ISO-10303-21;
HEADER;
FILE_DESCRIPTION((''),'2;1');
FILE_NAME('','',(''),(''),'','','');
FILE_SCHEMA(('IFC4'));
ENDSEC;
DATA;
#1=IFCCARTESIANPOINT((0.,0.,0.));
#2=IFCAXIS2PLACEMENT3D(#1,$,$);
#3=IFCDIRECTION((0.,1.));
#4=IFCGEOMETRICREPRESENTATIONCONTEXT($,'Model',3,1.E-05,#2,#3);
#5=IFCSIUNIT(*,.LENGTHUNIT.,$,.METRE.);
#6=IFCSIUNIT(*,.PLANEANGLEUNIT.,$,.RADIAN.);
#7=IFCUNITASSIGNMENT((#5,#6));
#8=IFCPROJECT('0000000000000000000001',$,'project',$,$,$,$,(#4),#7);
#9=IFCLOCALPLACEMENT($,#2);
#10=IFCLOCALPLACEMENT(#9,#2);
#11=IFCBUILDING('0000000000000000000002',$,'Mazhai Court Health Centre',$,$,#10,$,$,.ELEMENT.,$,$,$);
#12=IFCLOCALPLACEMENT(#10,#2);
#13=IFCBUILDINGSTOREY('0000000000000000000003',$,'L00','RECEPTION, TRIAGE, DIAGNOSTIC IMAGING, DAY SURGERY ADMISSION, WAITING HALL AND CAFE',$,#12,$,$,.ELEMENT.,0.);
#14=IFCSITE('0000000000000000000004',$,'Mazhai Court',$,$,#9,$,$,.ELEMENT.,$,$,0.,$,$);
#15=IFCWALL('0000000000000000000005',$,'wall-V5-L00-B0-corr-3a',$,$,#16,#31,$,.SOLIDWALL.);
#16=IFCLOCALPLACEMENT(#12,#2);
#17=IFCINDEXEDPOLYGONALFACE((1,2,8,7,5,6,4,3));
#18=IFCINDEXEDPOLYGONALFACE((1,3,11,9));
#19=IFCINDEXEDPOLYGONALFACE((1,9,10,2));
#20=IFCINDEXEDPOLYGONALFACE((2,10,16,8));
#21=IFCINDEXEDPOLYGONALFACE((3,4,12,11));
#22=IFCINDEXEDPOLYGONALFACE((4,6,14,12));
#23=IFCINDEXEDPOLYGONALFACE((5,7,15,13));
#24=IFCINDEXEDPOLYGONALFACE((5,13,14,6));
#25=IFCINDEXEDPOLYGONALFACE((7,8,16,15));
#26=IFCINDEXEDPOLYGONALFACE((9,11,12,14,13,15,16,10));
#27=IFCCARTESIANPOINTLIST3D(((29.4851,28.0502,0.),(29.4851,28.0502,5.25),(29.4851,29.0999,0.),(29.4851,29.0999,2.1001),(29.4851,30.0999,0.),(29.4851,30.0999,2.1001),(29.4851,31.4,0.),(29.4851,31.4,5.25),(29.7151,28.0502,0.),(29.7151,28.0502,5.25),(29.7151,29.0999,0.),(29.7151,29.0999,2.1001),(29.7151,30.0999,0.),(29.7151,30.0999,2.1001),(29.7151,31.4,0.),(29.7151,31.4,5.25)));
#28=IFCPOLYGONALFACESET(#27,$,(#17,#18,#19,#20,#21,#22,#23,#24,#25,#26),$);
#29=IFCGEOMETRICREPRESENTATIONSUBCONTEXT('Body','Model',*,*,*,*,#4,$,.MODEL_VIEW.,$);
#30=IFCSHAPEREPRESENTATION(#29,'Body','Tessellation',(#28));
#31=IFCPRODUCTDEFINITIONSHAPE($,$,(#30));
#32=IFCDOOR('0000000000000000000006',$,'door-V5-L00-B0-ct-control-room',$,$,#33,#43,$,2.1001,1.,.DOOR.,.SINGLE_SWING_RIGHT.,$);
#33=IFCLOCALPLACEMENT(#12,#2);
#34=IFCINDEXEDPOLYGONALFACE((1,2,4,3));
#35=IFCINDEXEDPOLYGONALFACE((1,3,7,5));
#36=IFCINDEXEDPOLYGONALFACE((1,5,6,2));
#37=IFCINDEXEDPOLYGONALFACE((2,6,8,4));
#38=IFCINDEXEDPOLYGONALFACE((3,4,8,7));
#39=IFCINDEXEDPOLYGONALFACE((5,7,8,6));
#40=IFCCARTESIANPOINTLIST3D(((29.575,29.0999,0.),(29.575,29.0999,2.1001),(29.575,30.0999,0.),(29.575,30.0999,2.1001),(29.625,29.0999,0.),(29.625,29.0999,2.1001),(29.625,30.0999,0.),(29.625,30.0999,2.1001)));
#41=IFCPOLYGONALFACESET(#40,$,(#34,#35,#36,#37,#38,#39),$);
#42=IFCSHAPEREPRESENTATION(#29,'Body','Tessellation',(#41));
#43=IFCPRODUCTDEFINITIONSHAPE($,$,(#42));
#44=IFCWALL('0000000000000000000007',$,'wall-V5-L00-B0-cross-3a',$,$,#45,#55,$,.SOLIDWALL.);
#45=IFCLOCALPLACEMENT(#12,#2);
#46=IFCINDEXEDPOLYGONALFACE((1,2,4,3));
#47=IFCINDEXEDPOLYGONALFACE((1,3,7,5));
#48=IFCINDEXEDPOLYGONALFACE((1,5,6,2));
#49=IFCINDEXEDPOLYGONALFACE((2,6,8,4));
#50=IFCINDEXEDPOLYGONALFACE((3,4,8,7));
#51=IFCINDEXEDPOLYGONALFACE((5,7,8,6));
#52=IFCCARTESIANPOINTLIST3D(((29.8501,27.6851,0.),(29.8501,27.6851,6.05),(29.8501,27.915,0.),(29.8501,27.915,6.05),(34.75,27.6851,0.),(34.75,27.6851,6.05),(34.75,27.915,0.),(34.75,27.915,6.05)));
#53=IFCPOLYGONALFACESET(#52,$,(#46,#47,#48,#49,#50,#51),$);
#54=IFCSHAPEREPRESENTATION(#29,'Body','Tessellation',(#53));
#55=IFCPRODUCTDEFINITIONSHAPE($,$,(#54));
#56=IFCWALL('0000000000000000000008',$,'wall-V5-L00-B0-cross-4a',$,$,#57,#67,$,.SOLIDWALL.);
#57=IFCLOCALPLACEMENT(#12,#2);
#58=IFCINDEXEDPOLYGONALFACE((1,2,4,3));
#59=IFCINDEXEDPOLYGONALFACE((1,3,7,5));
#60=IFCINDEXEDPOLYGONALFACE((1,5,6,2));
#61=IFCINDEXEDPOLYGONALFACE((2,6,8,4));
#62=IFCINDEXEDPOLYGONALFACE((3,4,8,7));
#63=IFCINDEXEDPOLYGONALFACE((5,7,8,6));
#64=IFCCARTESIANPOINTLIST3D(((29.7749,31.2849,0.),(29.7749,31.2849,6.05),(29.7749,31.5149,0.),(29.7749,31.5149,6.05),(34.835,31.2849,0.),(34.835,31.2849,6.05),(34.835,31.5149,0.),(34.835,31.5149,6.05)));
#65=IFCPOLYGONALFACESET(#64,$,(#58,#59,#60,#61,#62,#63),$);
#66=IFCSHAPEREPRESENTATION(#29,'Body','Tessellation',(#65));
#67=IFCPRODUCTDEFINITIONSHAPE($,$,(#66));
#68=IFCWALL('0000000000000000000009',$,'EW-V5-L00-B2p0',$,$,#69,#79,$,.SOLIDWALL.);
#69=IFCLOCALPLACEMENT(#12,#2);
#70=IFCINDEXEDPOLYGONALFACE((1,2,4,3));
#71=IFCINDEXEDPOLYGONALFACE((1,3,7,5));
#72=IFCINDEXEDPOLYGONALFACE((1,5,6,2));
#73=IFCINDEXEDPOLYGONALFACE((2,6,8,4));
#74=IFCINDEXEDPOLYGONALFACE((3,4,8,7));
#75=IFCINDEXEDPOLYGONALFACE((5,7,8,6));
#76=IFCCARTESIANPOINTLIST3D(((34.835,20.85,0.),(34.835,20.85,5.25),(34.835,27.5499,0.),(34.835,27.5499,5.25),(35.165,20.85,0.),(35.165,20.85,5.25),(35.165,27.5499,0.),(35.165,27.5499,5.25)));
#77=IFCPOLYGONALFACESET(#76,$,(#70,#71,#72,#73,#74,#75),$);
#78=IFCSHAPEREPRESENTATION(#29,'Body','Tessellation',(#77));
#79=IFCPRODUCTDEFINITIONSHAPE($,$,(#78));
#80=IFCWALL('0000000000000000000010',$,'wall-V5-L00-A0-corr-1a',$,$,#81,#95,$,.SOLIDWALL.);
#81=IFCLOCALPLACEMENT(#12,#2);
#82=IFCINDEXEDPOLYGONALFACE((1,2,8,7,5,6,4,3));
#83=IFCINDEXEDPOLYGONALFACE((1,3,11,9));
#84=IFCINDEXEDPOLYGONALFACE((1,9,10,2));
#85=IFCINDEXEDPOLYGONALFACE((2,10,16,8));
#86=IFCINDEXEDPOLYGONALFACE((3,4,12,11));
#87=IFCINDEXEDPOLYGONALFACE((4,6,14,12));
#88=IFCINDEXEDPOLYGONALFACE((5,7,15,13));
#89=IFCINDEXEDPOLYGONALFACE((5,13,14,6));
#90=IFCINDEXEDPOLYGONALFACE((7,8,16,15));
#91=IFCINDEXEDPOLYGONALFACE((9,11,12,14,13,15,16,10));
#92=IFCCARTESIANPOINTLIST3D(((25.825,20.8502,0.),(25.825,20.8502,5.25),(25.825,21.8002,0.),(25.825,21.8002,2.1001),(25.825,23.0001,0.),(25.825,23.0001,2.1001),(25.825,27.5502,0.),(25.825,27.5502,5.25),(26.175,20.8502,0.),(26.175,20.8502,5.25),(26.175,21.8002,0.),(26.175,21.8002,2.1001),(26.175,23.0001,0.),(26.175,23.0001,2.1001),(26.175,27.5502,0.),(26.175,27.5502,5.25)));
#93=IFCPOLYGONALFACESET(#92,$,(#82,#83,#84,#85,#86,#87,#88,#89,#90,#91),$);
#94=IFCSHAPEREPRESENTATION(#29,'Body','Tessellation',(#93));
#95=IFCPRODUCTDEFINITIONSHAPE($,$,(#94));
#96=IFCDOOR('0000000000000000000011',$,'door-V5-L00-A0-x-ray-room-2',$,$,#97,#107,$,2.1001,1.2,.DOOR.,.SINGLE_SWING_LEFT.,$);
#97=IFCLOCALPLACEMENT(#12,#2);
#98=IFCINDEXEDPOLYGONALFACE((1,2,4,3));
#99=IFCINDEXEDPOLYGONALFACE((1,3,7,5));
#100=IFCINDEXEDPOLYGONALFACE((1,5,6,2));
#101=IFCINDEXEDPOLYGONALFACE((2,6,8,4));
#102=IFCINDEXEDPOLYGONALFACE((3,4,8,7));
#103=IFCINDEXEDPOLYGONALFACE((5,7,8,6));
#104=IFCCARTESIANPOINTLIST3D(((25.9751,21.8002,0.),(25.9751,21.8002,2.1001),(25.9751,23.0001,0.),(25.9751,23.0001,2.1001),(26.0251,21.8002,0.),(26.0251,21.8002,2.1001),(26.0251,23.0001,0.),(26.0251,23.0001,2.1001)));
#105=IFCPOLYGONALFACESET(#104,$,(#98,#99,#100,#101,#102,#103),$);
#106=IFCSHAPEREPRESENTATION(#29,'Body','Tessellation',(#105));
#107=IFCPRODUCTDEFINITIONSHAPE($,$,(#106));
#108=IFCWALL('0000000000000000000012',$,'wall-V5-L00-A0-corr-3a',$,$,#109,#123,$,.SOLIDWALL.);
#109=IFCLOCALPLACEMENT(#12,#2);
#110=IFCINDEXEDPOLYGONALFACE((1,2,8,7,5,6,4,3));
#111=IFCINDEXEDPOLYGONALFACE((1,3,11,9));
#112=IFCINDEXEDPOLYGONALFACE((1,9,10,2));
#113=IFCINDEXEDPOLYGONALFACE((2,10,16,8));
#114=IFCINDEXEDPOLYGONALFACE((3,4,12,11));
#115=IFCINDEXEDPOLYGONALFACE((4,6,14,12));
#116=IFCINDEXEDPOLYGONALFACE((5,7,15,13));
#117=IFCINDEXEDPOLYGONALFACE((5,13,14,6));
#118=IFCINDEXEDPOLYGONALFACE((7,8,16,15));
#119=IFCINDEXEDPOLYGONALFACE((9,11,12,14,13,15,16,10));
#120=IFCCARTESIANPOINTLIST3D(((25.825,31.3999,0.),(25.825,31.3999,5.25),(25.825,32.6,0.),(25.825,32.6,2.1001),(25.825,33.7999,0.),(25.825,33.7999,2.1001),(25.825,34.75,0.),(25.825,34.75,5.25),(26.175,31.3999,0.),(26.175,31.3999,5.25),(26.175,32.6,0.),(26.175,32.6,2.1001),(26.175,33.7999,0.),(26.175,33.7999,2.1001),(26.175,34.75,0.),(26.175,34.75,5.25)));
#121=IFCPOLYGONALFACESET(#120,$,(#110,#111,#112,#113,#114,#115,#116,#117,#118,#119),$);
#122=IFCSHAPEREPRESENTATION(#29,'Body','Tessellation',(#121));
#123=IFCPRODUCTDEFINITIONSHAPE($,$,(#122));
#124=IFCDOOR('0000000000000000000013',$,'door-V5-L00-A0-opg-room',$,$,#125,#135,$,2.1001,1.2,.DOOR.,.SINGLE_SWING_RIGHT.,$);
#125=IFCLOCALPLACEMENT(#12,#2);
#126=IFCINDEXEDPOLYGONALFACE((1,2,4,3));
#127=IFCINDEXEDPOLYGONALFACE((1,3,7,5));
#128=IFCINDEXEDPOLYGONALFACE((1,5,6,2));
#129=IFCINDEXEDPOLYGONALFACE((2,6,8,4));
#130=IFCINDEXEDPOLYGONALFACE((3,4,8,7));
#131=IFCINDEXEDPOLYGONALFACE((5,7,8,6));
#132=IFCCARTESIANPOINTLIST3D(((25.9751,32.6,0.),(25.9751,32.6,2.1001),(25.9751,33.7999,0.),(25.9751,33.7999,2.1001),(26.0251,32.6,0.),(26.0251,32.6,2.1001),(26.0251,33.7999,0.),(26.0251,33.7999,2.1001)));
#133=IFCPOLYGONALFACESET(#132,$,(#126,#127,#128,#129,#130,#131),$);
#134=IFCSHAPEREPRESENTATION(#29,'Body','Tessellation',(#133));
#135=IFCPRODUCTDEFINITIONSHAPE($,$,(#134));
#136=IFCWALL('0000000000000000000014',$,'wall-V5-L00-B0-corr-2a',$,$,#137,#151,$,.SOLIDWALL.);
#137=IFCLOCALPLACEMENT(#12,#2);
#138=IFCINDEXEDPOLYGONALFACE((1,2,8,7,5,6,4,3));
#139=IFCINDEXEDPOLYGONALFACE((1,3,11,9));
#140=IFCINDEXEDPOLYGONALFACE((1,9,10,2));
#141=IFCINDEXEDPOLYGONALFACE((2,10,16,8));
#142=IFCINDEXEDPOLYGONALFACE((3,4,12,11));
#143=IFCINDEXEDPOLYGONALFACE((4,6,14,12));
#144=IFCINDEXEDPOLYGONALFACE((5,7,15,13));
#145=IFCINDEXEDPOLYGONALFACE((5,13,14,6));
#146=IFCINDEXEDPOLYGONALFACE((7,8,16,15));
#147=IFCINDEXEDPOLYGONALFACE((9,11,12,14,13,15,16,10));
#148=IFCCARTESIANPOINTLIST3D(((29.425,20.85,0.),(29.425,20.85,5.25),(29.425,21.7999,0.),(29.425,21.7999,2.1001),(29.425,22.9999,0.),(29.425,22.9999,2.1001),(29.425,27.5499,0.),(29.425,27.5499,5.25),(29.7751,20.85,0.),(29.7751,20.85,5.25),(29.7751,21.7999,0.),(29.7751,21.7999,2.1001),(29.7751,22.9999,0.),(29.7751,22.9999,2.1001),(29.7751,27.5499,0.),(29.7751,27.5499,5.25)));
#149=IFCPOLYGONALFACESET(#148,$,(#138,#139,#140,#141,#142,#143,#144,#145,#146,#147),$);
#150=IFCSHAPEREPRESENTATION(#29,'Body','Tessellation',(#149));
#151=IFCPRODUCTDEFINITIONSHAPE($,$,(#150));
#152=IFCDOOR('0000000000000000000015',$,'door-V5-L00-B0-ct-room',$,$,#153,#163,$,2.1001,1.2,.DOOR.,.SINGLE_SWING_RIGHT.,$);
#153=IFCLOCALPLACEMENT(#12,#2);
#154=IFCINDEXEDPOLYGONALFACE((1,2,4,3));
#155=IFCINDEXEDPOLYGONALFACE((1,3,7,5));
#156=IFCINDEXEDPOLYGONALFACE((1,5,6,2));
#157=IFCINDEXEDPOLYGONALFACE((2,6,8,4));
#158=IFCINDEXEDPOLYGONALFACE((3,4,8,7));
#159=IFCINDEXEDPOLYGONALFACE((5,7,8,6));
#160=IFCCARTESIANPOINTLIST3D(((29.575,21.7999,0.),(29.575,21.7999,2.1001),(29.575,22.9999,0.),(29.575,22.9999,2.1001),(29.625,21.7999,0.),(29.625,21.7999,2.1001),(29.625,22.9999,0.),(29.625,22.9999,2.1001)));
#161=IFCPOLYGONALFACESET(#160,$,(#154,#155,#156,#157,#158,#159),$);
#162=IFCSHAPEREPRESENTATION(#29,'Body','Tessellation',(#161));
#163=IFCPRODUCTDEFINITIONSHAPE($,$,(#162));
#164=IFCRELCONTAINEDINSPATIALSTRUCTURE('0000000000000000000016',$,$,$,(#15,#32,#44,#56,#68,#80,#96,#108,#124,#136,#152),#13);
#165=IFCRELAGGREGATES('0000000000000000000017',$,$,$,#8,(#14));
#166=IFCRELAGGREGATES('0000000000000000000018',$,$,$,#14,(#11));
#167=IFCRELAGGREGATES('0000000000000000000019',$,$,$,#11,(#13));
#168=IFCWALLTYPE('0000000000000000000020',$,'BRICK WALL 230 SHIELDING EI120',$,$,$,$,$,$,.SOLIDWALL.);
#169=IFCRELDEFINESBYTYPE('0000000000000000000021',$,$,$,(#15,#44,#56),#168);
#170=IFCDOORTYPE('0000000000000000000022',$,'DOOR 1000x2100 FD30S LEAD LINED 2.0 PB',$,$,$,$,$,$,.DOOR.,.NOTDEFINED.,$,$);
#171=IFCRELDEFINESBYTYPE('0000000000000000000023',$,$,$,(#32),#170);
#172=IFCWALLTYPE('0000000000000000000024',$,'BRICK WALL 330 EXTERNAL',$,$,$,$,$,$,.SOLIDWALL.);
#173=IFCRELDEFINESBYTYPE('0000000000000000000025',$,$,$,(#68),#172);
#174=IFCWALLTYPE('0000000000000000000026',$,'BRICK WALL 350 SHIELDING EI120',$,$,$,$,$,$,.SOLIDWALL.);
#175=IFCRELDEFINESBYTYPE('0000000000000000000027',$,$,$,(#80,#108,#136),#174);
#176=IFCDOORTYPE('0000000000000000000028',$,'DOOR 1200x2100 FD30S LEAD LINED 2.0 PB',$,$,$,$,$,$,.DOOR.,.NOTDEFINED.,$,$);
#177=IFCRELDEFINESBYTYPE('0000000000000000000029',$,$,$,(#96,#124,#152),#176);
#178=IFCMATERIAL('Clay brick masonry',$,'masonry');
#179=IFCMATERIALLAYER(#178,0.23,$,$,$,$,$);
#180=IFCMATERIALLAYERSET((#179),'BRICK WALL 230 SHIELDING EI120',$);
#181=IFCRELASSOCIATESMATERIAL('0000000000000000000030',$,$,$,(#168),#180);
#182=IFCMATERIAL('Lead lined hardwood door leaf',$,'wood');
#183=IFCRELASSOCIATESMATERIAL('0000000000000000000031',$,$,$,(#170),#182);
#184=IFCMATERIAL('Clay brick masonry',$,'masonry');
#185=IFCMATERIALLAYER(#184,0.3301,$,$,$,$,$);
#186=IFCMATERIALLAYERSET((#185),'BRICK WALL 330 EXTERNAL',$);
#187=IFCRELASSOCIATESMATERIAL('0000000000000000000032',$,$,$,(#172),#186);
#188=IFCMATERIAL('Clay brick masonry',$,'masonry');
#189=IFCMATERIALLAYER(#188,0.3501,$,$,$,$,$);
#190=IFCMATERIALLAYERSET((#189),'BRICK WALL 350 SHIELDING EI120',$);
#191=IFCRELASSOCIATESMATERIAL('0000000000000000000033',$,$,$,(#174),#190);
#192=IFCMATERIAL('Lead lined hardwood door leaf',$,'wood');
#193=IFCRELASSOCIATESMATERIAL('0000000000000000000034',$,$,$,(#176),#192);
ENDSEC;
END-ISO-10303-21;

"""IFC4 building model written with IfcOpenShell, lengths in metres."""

from ifc_helpers import new_model, si_unit, direction, frame, frame_2d, origin, place, context, subcontext, project, spatial, rectangle, extrude, material, layer, layer_set, type_object, element, fill, save


model = new_model("IFC4")

# Units and contexts
model_context = context("Model", 3, precision=1e-05, world=origin(), true_north=direction((0.0, 1.0)))
body_context = subcontext(model_context, "Body", "Model", "MODEL_VIEW")
ifc_project = project(units=[si_unit("LENGTHUNIT", "METRE"), si_unit("PLANEANGLEUNIT", "RADIAN")], contexts=[model_context])

# Site, building, storey
site_placement = place(None, origin())
site = spatial("IfcSite", under=ifc_project, at=site_placement, Name="Mazhai Court", CompositionType="ELEMENT", RefElevation=0.0)
building_placement = place(site_placement, origin())
building = spatial("IfcBuilding", under=site, at=building_placement, Name="Mazhai Court Health Centre", CompositionType="ELEMENT")
storey_placement = place(building_placement, origin())
storey = spatial("IfcBuildingStorey", under=building, at=storey_placement, Name="L00", Description="RECEPTION, TRIAGE, DIAGNOSTIC IMAGING, DAY SURGERY ADMISSION, WAITING HALL AND CAFE", CompositionType="ELEMENT", Elevation=0.0)

# Wall, opening, door
ifc_material_1 = material(Name="Clay brick masonry", Category="masonry")
ifc_layer_1 = layer(ifc_material_1, 0.23)
ifc_layer_set_1 = layer_set([ifc_layer_1], Name="BRICK WALL 230 SHIELDING EI120")
wall_type_1 = type_object("IfcWallType", Name="BRICK WALL 230 SHIELDING EI120", PredefinedType="SOLIDWALL", material=ifc_layer_set_1)
wall_1_placement = place(storey_placement, frame((29.6001, 31.3999, 0.0), z_axis=(0.0, 0.0, 1.0), x_axis=(0.0, -1.0, 0.0)))
wall_1 = element("IfcWall", 1, at=wall_1_placement, inside=storey, type_object=wall_type_1, Name="wall-V5-L00-B0-corr-3a", PredefinedType="SOLIDWALL", context=body_context, shape_type="SweptSolid", body=[
    extrude(rectangle(XDim=3.3499, YDim=0.23, at=frame_2d((1.6748, 0.0))), origin(), (0.0, 0.0, 1.0), 5.25),
])
opening_1_placement = place(wall_1_placement, frame((1.3, 0.0, 0.0)))
opening_1 = element("IfcOpeningElement", 2, at=opening_1_placement, cuts=wall_1, PredefinedType="OPENING", context=body_context, shape_type="SweptSolid", body=[
    extrude(rectangle(XDim=1.0, YDim=2.1001, at=frame_2d((0.5, 1.05))), frame((0.0, 0.125, 0.0), z_axis=(0.0, -1.0, 0.0), x_axis=(1.0, 0.0, 0.0)), (0.0, 0.0, 1.0), 0.25),
])
ifc_material_2 = material(Name="Lead lined hardwood door leaf", Category="wood")
door_type_1 = type_object("IfcDoorType", Name="DOOR 1000x2100 FD30S LEAD LINED 2.0 PB", OperationType="NOTDEFINED", PredefinedType="DOOR", material=ifc_material_2)
door_1_placement = place(opening_1_placement, origin())
door_1 = element("IfcDoor", 3, at=door_1_placement, inside=storey, type_object=door_type_1, Name="door-V5-L00-B0-ct-control-room", OperationType="SINGLE_SWING_RIGHT", OverallHeight=2.1001, OverallWidth=1.0, PredefinedType="DOOR", context=body_context, shape_type="SweptSolid", body=[
    extrude(rectangle(XDim=1.0, YDim=2.1001, at=frame_2d((0.5, 1.05))), frame((0.0, 0.0249, 0.0), z_axis=(0.0, -1.0, 0.0), x_axis=(1.0, 0.0, 0.0)), (0.0, 0.0, 1.0), 0.05),
])
fill(opening_1, door_1)

# Walls
wall_2_placement = place(storey_placement, frame((34.75, 27.8, 0.0), z_axis=(0.0, 0.0, 1.0), x_axis=(-1.0, 0.0, 0.0)))
element("IfcWall", 4, at=wall_2_placement, inside=storey, type_object=wall_type_1, Name="wall-V5-L00-B0-cross-3a", PredefinedType="SOLIDWALL", context=body_context, shape_type="SweptSolid", body=[
    extrude(rectangle(XDim=4.8999, YDim=0.23, at=frame_2d((2.45, 0.0))), origin(), (0.0, 0.0, 1.0), 6.05),
])
wall_3_placement = place(storey_placement, frame((34.835, 31.3999, 0.0), z_axis=(0.0, 0.0, 1.0), x_axis=(-1.0, 0.0, 0.0)))
element("IfcWall", 5, at=wall_3_placement, inside=storey, type_object=wall_type_1, Name="wall-V5-L00-B0-cross-4a", PredefinedType="SOLIDWALL", context=body_context, shape_type="SweptSolid", body=[
    extrude(rectangle(XDim=5.0601, YDim=0.23, at=frame_2d((2.53, 0.0))), origin(), (0.0, 0.0, 1.0), 6.05),
])
ifc_material_3 = material(Name="Clay brick masonry", Category="masonry")
ifc_layer_2 = layer(ifc_material_3, 0.3301)
ifc_layer_set_2 = layer_set([ifc_layer_2], Name="BRICK WALL 330 EXTERNAL")
wall_type_2 = type_object("IfcWallType", Name="BRICK WALL 330 EXTERNAL", PredefinedType="SOLIDWALL", material=ifc_layer_set_2)
wall_4_placement = place(storey_placement, frame((35.0, 27.55, 0.0), z_axis=(0.0, 0.0, 1.0), x_axis=(0.0, -1.0, 0.0)))
element("IfcWall", 6, at=wall_4_placement, inside=storey, type_object=wall_type_2, Name="EW-V5-L00-B2p0", PredefinedType="SOLIDWALL", context=body_context, shape_type="SweptSolid", body=[
    extrude(rectangle(XDim=6.7, YDim=0.3301, at=frame_2d((3.3501, 0.0))), origin(), (0.0, 0.0, 1.0), 5.25),
])

# Walls, openings, doors
ifc_material_4 = material(Name="Clay brick masonry", Category="masonry")
ifc_layer_3 = layer(ifc_material_4, 0.3501)
ifc_layer_set_3 = layer_set([ifc_layer_3], Name="BRICK WALL 350 SHIELDING EI120")
wall_type_3 = type_object("IfcWallType", Name="BRICK WALL 350 SHIELDING EI120", PredefinedType="SOLIDWALL", material=ifc_layer_set_3)
wall_5_placement = place(storey_placement, frame((26.0, 20.8501, 0.0), z_axis=(0.0, 0.0, 1.0), x_axis=(0.0, 1.0, 0.0)))
wall_5 = element("IfcWall", 7, at=wall_5_placement, inside=storey, type_object=wall_type_3, Name="wall-V5-L00-A0-corr-1a", PredefinedType="SOLIDWALL", context=body_context, shape_type="SweptSolid", body=[
    extrude(rectangle(XDim=6.7, YDim=0.3501, at=frame_2d((3.3501, 0.0))), origin(), (0.0, 0.0, 1.0), 5.25),
])
opening_2_placement = place(wall_5_placement, frame((0.95, 0.0, 0.0)))
opening_2 = element("IfcOpeningElement", 8, at=opening_2_placement, cuts=wall_5, PredefinedType="OPENING", context=body_context, shape_type="SweptSolid", body=[
    extrude(rectangle(XDim=1.2, YDim=2.1001, at=frame_2d((0.6001, 1.05))), frame((0.0, 0.1851, 0.0), z_axis=(0.0, -1.0, 0.0), x_axis=(1.0, 0.0, 0.0)), (0.0, 0.0, 1.0), 0.3701),
])
ifc_material_5 = material(Name="Lead lined hardwood door leaf", Category="wood")
door_type_2 = type_object("IfcDoorType", Name="DOOR 1200x2100 FD30S LEAD LINED 2.0 PB", OperationType="NOTDEFINED", PredefinedType="DOOR", material=ifc_material_5)
door_2_placement = place(opening_2_placement, origin())
door_2 = element("IfcDoor", 9, at=door_2_placement, inside=storey, type_object=door_type_2, Name="door-V5-L00-A0-x-ray-room-2", OperationType="SINGLE_SWING_LEFT", OverallHeight=2.1001, OverallWidth=1.2, PredefinedType="DOOR", context=body_context, shape_type="SweptSolid", body=[
    extrude(rectangle(XDim=1.2, YDim=2.1001, at=frame_2d((0.6001, 1.05))), frame((0.0, 0.0249, 0.0), z_axis=(0.0, -1.0, 0.0), x_axis=(1.0, 0.0, 0.0)), (0.0, 0.0, 1.0), 0.05),
])
fill(opening_2, door_2)
wall_6_placement = place(storey_placement, frame((26.0, 31.3999, 0.0), z_axis=(0.0, 0.0, 1.0), x_axis=(0.0, 1.0, 0.0)))
wall_6 = element("IfcWall", 10, at=wall_6_placement, inside=storey, type_object=wall_type_3, Name="wall-V5-L00-A0-corr-3a", PredefinedType="SOLIDWALL", context=body_context, shape_type="SweptSolid", body=[
    extrude(rectangle(XDim=3.3501, YDim=0.3501, at=frame_2d((1.675, 0.0))), origin(), (0.0, 0.0, 1.0), 5.25),
])
opening_3_placement = place(wall_6_placement, frame((1.2, 0.0, 0.0)))
opening_3 = element("IfcOpeningElement", 11, at=opening_3_placement, cuts=wall_6, PredefinedType="OPENING", context=body_context, shape_type="SweptSolid", body=[
    extrude(rectangle(XDim=1.2, YDim=2.1001, at=frame_2d((0.6001, 1.05))), frame((0.0, 0.1851, 0.0), z_axis=(0.0, -1.0, 0.0), x_axis=(1.0, 0.0, 0.0)), (0.0, 0.0, 1.0), 0.3701),
])
door_3_placement = place(opening_3_placement, origin())
door_3 = element("IfcDoor", 12, at=door_3_placement, inside=storey, type_object=door_type_2, Name="door-V5-L00-A0-opg-room", OperationType="SINGLE_SWING_RIGHT", OverallHeight=2.1001, OverallWidth=1.2, PredefinedType="DOOR", context=body_context, shape_type="SweptSolid", body=[
    extrude(rectangle(XDim=1.2, YDim=2.1001, at=frame_2d((0.6001, 1.05))), frame((0.0, 0.0249, 0.0), z_axis=(0.0, -1.0, 0.0), x_axis=(1.0, 0.0, 0.0)), (0.0, 0.0, 1.0), 0.05),
])
fill(opening_3, door_3)
wall_7_placement = place(storey_placement, frame((29.6001, 27.55, 0.0), z_axis=(0.0, 0.0, 1.0), x_axis=(0.0, -1.0, 0.0)))
wall_7 = element("IfcWall", 13, at=wall_7_placement, inside=storey, type_object=wall_type_3, Name="wall-V5-L00-B0-corr-2a", PredefinedType="SOLIDWALL", context=body_context, shape_type="SweptSolid", body=[
    extrude(rectangle(XDim=6.7, YDim=0.3501, at=frame_2d((3.3501, 0.0))), origin(), (0.0, 0.0, 1.0), 5.25),
])
opening_4_placement = place(wall_7_placement, frame((4.55, 0.0, 0.0)))
opening_4 = element("IfcOpeningElement", 14, at=opening_4_placement, cuts=wall_7, PredefinedType="OPENING", context=body_context, shape_type="SweptSolid", body=[
    extrude(rectangle(XDim=1.2, YDim=2.1001, at=frame_2d((0.6001, 1.05))), frame((0.0, 0.1851, 0.0), z_axis=(0.0, -1.0, 0.0), x_axis=(1.0, 0.0, 0.0)), (0.0, 0.0, 1.0), 0.3701),
])
door_4_placement = place(opening_4_placement, origin())
door_4 = element("IfcDoor", 15, at=door_4_placement, inside=storey, type_object=door_type_2, Name="door-V5-L00-B0-ct-room", OperationType="SINGLE_SWING_RIGHT", OverallHeight=2.1001, OverallWidth=1.2, PredefinedType="DOOR", context=body_context, shape_type="SweptSolid", body=[
    extrude(rectangle(XDim=1.2, YDim=2.1001, at=frame_2d((0.6001, 1.05))), frame((0.0, 0.0249, 0.0), z_axis=(0.0, -1.0, 0.0), x_axis=(1.0, 0.0, 0.0)), (0.0, 0.0, 1.0), 0.05),
])
fill(opening_4, door_4)

save(model, "model.ifc")
